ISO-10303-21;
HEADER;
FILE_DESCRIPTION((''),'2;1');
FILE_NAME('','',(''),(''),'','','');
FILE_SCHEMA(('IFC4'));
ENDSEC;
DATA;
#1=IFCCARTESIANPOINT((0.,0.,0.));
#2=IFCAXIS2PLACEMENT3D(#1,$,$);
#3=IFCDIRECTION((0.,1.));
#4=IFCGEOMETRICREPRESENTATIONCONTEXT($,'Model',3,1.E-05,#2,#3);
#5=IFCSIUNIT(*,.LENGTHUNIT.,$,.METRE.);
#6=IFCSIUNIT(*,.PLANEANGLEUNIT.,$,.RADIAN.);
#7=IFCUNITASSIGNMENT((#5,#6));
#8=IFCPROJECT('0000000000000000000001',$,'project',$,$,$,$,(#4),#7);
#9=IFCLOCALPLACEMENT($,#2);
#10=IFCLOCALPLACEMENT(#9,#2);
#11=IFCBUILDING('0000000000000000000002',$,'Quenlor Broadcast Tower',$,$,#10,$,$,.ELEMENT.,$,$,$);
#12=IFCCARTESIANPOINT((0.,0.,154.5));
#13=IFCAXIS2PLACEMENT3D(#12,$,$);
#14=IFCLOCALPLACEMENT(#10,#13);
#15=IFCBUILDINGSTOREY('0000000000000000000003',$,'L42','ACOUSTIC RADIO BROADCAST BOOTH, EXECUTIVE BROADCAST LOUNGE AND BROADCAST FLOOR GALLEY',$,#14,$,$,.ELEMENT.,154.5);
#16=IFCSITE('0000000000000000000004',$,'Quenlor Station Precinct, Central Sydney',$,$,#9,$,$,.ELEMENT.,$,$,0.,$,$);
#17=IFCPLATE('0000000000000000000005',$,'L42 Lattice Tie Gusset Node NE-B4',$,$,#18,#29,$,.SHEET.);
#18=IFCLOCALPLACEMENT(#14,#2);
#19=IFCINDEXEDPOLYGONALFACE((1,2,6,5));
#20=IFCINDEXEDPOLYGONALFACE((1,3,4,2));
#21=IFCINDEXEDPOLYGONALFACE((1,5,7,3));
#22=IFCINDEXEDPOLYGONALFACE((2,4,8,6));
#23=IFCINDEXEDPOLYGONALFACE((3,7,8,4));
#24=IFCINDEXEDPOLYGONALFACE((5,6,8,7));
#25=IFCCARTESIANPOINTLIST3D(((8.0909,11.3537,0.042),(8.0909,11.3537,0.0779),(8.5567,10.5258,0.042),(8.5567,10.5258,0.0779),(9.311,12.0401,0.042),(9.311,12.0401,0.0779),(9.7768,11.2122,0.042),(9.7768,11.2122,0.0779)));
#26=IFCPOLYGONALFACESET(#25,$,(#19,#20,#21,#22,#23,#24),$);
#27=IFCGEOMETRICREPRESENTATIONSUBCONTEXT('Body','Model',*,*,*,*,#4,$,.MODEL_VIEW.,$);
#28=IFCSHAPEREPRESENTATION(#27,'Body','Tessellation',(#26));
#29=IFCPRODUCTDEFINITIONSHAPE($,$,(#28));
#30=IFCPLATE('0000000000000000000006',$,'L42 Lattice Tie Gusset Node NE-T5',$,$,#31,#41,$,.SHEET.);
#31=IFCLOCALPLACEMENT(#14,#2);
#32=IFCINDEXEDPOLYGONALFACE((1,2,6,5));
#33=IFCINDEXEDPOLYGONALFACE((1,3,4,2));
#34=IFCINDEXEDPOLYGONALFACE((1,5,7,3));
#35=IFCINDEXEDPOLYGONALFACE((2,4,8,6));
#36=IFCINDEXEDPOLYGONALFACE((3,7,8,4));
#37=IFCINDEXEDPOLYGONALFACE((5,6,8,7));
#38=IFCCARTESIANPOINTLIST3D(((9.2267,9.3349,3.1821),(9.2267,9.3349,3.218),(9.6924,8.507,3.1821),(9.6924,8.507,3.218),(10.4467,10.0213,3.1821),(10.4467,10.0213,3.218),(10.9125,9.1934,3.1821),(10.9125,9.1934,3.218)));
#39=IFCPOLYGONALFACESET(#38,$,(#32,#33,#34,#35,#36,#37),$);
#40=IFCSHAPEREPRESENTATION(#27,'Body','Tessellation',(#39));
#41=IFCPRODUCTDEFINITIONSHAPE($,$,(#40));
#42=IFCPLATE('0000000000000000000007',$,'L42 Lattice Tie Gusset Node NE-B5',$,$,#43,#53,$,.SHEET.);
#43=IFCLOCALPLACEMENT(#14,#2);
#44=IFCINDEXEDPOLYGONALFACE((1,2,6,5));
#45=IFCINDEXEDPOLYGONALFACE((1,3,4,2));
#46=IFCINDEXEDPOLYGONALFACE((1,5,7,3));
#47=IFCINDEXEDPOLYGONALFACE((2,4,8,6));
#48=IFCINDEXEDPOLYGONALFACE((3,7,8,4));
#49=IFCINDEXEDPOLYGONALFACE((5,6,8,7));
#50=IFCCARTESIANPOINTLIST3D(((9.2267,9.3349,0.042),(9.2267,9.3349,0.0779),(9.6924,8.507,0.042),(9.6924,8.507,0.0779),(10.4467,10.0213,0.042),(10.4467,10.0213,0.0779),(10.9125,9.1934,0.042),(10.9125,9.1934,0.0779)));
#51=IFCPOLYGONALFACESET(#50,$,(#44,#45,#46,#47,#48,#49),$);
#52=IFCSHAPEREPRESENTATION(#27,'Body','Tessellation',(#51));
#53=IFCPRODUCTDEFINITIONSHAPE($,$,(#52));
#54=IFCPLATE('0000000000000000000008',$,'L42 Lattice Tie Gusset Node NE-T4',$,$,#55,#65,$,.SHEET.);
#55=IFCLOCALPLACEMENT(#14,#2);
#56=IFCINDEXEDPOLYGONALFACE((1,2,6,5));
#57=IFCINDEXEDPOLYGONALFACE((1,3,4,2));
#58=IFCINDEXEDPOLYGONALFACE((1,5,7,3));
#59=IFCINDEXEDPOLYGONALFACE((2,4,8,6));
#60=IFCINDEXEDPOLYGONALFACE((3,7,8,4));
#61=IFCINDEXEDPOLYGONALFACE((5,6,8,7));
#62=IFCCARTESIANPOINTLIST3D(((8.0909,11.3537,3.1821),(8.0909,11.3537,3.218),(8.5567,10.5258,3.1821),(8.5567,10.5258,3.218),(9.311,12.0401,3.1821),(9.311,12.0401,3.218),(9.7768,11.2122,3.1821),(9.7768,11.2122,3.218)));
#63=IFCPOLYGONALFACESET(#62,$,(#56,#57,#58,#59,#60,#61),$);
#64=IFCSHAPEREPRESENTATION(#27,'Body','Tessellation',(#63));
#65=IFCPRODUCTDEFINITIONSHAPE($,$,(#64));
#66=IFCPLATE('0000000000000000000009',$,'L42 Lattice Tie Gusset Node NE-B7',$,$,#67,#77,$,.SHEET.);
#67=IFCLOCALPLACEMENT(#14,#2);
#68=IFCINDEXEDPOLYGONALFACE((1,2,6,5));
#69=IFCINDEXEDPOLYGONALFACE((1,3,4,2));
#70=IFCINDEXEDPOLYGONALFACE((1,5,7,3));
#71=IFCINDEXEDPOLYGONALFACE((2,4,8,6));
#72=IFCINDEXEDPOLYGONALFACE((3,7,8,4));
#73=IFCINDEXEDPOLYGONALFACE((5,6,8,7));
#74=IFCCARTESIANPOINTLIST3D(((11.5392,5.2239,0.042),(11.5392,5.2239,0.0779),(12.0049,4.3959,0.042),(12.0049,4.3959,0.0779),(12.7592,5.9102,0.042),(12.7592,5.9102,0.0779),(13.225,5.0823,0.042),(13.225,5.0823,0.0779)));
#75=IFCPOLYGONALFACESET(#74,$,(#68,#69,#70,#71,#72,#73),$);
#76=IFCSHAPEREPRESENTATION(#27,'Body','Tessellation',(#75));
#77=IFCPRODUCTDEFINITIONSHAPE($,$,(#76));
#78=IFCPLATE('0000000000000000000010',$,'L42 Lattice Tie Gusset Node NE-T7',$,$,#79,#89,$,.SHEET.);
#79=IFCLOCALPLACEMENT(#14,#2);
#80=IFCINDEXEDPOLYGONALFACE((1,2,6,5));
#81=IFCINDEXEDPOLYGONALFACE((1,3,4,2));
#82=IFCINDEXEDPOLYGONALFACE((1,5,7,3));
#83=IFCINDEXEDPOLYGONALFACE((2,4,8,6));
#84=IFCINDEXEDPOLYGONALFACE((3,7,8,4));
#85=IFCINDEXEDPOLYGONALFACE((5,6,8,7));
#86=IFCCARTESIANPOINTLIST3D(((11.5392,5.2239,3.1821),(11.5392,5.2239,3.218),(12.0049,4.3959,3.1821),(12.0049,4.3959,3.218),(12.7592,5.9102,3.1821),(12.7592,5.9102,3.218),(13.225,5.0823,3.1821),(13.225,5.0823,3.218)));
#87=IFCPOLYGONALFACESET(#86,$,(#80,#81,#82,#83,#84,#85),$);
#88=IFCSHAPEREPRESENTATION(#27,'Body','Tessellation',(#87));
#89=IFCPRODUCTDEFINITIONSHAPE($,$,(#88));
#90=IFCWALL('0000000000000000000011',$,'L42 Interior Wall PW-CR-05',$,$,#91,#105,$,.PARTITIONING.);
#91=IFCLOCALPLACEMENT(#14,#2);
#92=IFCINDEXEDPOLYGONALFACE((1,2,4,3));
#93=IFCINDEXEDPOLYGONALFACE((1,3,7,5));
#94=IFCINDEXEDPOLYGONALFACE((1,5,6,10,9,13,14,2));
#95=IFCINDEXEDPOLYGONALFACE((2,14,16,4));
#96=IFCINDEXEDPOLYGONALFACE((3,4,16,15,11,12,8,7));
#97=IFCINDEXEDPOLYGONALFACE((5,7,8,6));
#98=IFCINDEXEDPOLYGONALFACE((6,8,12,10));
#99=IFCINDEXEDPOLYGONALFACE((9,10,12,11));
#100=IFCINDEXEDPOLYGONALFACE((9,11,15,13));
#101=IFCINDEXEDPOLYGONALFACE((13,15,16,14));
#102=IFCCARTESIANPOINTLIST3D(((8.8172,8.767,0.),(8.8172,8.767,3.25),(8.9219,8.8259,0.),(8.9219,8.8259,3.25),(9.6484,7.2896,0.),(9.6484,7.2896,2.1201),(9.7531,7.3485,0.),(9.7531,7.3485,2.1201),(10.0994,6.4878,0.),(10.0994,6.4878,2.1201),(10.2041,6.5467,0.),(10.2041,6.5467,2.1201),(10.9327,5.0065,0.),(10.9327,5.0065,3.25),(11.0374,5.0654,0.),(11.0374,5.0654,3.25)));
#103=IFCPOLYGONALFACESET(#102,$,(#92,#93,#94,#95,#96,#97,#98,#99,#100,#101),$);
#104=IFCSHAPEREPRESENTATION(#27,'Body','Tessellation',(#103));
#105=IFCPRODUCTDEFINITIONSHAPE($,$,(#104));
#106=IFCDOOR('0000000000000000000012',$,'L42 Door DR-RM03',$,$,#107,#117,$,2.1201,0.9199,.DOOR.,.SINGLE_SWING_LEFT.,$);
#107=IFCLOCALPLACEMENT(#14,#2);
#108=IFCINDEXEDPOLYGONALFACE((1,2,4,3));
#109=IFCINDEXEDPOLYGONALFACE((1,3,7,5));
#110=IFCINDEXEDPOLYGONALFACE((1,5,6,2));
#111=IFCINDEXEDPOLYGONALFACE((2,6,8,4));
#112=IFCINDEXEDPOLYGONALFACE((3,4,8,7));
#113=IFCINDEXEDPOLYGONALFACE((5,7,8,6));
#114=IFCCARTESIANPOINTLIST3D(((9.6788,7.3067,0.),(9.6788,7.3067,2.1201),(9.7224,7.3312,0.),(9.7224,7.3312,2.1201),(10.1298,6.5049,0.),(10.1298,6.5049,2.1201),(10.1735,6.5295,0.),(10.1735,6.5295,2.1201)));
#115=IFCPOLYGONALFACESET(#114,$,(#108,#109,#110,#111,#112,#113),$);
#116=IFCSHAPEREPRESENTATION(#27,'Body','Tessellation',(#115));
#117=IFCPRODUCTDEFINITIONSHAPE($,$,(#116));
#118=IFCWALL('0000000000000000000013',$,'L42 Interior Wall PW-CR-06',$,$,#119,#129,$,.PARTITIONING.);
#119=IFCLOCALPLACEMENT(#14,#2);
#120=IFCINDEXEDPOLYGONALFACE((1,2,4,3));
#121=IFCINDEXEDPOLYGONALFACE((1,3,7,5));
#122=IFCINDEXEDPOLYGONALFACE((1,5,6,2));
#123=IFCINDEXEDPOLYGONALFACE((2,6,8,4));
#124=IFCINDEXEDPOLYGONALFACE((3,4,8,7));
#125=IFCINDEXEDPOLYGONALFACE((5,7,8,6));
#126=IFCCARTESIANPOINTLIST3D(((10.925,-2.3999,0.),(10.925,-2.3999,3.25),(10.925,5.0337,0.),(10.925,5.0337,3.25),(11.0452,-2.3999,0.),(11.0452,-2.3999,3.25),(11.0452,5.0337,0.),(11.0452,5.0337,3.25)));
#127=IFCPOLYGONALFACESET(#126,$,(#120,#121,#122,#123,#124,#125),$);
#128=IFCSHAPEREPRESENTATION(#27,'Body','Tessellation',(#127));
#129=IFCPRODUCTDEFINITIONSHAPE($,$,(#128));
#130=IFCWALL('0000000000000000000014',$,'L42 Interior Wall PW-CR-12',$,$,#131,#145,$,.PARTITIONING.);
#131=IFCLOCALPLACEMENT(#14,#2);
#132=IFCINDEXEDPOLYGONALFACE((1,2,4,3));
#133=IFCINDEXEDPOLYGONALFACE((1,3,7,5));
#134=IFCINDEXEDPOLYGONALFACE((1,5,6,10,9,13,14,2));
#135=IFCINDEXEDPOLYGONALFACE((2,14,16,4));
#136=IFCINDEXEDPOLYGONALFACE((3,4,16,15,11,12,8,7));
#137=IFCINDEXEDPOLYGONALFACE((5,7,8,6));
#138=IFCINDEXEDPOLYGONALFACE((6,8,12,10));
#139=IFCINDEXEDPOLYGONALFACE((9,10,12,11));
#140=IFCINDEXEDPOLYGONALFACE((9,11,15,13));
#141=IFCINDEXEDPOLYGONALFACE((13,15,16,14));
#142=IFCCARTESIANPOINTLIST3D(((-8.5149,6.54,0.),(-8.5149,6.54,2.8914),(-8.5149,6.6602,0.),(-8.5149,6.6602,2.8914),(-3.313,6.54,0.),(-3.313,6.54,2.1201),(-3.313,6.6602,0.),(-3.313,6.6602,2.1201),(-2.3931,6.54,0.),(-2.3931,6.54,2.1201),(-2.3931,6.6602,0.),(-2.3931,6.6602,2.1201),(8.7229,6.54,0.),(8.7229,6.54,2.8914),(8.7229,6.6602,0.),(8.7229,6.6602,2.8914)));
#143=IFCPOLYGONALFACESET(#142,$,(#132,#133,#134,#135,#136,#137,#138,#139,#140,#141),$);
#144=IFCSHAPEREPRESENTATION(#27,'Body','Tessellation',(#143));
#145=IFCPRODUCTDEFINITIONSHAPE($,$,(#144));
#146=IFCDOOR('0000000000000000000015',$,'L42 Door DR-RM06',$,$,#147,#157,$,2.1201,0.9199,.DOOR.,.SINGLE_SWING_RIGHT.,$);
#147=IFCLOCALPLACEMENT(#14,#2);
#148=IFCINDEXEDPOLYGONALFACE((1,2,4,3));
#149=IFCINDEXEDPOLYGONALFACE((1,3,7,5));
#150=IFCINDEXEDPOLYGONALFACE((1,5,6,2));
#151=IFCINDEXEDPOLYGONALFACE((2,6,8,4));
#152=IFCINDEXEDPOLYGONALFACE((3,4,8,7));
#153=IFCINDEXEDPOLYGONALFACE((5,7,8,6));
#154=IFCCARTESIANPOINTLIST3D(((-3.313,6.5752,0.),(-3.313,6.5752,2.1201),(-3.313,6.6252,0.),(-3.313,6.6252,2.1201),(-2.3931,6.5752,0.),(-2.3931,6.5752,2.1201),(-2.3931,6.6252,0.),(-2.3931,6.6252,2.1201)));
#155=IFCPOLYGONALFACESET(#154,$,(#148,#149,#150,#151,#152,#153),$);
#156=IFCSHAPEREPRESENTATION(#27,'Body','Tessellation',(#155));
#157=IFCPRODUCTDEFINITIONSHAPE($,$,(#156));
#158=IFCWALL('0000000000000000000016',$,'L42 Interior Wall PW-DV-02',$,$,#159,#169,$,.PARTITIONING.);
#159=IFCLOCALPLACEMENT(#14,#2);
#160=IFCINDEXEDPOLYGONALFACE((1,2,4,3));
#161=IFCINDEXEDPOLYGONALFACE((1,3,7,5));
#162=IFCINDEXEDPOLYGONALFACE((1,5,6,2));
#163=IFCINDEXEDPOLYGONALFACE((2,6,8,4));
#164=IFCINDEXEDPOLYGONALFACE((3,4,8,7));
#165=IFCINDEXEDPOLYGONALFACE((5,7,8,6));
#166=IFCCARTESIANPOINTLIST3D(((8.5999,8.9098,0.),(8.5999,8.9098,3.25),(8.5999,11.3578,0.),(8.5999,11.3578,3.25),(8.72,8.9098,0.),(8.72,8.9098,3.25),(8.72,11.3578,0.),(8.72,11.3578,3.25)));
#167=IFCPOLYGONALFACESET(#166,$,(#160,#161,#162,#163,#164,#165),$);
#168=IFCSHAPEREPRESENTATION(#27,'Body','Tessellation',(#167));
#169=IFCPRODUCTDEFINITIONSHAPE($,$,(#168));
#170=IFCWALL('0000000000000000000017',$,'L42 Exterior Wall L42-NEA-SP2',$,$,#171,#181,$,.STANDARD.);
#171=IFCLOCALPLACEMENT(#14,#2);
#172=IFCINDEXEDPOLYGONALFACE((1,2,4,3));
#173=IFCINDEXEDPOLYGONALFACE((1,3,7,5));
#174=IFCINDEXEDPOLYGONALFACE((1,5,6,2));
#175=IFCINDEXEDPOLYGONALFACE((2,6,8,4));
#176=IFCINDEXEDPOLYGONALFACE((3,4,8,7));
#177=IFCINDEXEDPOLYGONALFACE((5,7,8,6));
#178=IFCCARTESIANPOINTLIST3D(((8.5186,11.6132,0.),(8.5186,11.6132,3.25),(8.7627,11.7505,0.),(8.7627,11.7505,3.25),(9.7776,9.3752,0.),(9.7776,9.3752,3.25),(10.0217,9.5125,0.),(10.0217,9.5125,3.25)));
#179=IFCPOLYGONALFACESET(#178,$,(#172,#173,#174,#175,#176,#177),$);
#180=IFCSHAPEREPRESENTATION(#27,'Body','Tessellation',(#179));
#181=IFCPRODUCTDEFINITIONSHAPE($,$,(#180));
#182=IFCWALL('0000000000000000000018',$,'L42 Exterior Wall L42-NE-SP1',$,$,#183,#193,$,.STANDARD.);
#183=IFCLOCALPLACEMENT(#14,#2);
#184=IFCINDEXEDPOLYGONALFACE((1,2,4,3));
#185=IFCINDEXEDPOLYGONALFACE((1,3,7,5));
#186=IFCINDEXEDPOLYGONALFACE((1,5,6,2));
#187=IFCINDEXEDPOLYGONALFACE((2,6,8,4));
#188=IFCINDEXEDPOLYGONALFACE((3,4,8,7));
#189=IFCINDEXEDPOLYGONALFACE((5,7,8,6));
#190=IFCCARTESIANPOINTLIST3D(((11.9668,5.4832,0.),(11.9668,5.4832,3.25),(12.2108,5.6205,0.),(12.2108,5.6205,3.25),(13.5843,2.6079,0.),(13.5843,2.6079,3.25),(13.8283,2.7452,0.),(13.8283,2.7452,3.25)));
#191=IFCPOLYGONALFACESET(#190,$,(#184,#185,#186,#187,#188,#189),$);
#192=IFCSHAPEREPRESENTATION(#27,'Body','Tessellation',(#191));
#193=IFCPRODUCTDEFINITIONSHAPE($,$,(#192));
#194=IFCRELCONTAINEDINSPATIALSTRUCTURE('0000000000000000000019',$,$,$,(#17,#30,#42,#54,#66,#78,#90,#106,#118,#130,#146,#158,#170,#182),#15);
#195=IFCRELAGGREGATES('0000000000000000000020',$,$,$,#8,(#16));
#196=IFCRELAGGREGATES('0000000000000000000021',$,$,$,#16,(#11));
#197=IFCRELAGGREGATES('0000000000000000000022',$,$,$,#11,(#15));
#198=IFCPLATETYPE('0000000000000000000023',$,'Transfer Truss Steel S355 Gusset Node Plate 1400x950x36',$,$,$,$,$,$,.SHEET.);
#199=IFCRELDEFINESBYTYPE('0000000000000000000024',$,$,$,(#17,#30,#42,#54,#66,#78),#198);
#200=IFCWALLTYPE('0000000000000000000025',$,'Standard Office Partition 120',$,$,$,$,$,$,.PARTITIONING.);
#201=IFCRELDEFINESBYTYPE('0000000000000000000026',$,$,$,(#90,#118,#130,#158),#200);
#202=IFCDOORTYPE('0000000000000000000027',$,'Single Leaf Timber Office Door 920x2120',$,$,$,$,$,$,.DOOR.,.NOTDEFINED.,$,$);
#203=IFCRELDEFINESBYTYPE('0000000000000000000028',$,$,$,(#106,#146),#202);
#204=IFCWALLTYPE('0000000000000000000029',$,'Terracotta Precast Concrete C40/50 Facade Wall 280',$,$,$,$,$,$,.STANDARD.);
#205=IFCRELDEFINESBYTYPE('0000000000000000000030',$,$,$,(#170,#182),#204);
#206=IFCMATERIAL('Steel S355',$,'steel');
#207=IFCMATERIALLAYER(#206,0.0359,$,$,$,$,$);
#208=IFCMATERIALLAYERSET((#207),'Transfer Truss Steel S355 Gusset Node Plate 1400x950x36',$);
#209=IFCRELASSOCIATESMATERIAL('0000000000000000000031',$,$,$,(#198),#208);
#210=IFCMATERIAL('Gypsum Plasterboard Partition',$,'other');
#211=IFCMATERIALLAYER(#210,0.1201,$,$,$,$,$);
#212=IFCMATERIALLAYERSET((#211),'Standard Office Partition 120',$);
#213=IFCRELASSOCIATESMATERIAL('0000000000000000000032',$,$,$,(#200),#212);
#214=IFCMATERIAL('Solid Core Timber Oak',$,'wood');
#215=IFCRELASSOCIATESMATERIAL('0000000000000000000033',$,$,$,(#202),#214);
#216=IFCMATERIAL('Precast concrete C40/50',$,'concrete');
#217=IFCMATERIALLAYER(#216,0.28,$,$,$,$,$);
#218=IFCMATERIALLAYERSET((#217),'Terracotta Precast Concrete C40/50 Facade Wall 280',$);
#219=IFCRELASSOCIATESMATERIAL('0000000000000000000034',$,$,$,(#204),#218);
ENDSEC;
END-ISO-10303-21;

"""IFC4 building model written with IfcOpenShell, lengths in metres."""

from ifc_helpers import new_model, si_unit, direction, frame, frame_2d, origin, origin_2d, place, context, subcontext, project, spatial, rectangle, extrude, material, layer, layer_set, type_object, element, fill, save


model = new_model("IFC4")

# Units and contexts
model_context = context("Model", 3, precision=1e-05, world=origin(), true_north=direction((0.0, 1.0)))
body_context = subcontext(model_context, "Body", "Model", "MODEL_VIEW")
ifc_project = project(units=[si_unit("LENGTHUNIT", "METRE"), si_unit("PLANEANGLEUNIT", "RADIAN")], contexts=[model_context])

# Site, building, storey
site_placement = place(None, origin())
site = spatial("IfcSite", under=ifc_project, at=site_placement, Name="Quenlor Station Precinct, Central Sydney", CompositionType="ELEMENT", RefElevation=0.0)
building_placement = place(site_placement, origin())
building = spatial("IfcBuilding", under=site, at=building_placement, Name="Quenlor Broadcast Tower", CompositionType="ELEMENT")
storey_placement = place(building_placement, frame((0.0, 0.0, 154.5)))
storey = spatial("IfcBuildingStorey", under=building, at=storey_placement, Name="L42", Description="ACOUSTIC RADIO BROADCAST BOOTH, EXECUTIVE BROADCAST LOUNGE AND BROADCAST FLOOR GALLEY", CompositionType="ELEMENT", Elevation=154.5)

# Plates
ifc_material_1 = material(Name="Steel S355", Category="steel")
ifc_layer_1 = layer(ifc_material_1, 0.0359)
ifc_layer_set_1 = layer_set([ifc_layer_1], Name="Transfer Truss Steel S355 Gusset Node Plate 1400x950x36")
plate_type_1 = type_object("IfcPlateType", Name="Transfer Truss Steel S355 Gusset Node Plate 1400x950x36", PredefinedType="SHEET", material=ifc_layer_set_1)
for number, where, z_axis, x_axis, name in (
    (1, (8.9338, 11.283, 0.042), (0.0, 0.0, 1.0), (0.871556, 0.490295, 0.0), "L42 Lattice Tie Gusset Node NE-B4"),
    (2, (10.0696, 9.2642, 3.1821), (0.0, 0.0, 1.0), (0.871556, 0.490295, 0.0), "L42 Lattice Tie Gusset Node NE-T5"),
    (3, (10.0696, 9.2642, 0.042), (0.0, 0.0, 1.0), (0.871556, 0.490295, 0.0), "L42 Lattice Tie Gusset Node NE-B5"),
    (4, (8.9338, 11.283, 3.1821), (0.0, 0.0, 1.0), (0.871556, 0.490295, 0.0), "L42 Lattice Tie Gusset Node NE-T4"),
    (5, (12.3821, 5.1531, 0.042), (0.0, 0.0, 1.0), (0.871556, 0.490295, 0.0), "L42 Lattice Tie Gusset Node NE-B7"),
    (6, (12.3821, 5.1531, 3.1821), (0.0, 0.0, 1.0), (0.871556, 0.490295, 0.0), "L42 Lattice Tie Gusset Node NE-T7"),
):
    element("IfcPlate", number, at=place(storey_placement, frame(where, z_axis=z_axis, x_axis=x_axis)), inside=storey, type_object=plate_type_1, Name=name, PredefinedType="SHEET", context=body_context, shape_type="SweptSolid", body=[
        extrude(rectangle(XDim=1.3999, YDim=0.95, at=origin_2d()), origin(), (0.0, 0.0, 1.0), 0.0359),
    ])

# Wall, opening, door
ifc_material_2 = material(Name="Gypsum Plasterboard Partition", Category="other")
ifc_layer_2 = layer(ifc_material_2, 0.1201)
ifc_layer_set_2 = layer_set([ifc_layer_2], Name="Standard Office Partition 120")
wall_type_1 = type_object("IfcWallType", Name="Standard Office Partition 120", PredefinedType="PARTITIONING", material=ifc_layer_set_2)
wall_1_placement = place(storey_placement, frame((8.8696, 8.7964, 0.0), z_axis=(0.0, 0.0, 1.0), x_axis=(0.490296, -0.871556, 0.0)))
wall_1 = element("IfcWall", 7, at=wall_1_placement, inside=storey, type_object=wall_type_1, Name="L42 Interior Wall PW-CR-05", PredefinedType="PARTITIONING", context=body_context, shape_type="SweptSolid", body=[
    extrude(rectangle(XDim=4.3147, YDim=0.1201, at=frame_2d((2.1572, 0.0))), origin(), (0.0, 0.0, 1.0), 3.25),
])
opening_1_placement = place(wall_1_placement, frame((1.6951, 0.0, 0.0)))
opening_1 = element("IfcOpeningElement", 8, at=opening_1_placement, cuts=wall_1, PredefinedType="OPENING", context=body_context, shape_type="SweptSolid", body=[
    extrude(rectangle(XDim=0.9199, YDim=2.1201, at=frame_2d((0.46, 1.0601))), frame((0.0, 0.0701, 0.0), z_axis=(0.0, -1.0, 0.0), x_axis=(1.0, 0.0, 0.0)), (0.0, 0.0, 1.0), 0.1401),
])
ifc_material_3 = material(Name="Solid Core Timber Oak", Category="wood")
door_type = type_object("IfcDoorType", Name="Single Leaf Timber Office Door 920x2120", OperationType="NOTDEFINED", PredefinedType="DOOR", material=ifc_material_3)
door_1_placement = place(opening_1_placement, origin())
door_1 = element("IfcDoor", 9, at=door_1_placement, inside=storey, type_object=door_type, Name="L42 Door DR-RM03", OperationType="SINGLE_SWING_LEFT", OverallHeight=2.1201, OverallWidth=0.9199, PredefinedType="DOOR", context=body_context, shape_type="SweptSolid", body=[
    extrude(rectangle(XDim=0.9199, YDim=2.1201, at=frame_2d((0.46, 1.0601))), frame((0.0, 0.0249, 0.0), z_axis=(0.0, -1.0, 0.0), x_axis=(1.0, 0.0, 0.0)), (0.0, 0.0, 1.0), 0.05),
])
fill(opening_1, door_1)

# Wall
wall_2_placement = place(storey_placement, frame((10.9851, 5.0337, 0.0), z_axis=(0.0, 0.0, 1.0), x_axis=(0.0, -1.0, 0.0)))
element("IfcWall", 10, at=wall_2_placement, inside=storey, type_object=wall_type_1, Name="L42 Interior Wall PW-CR-06", PredefinedType="PARTITIONING", context=body_context, shape_type="SweptSolid", body=[
    extrude(rectangle(XDim=7.4336, YDim=0.1201, at=frame_2d((3.7168, 0.0))), origin(), (0.0, 0.0, 1.0), 3.25),
])

# Wall, opening, door
wall_3_placement = place(storey_placement, frame((8.7229, 6.6001, 0.0), z_axis=(0.0, 0.0, 1.0), x_axis=(-1.0, 0.0, 0.0)))
wall_3 = element("IfcWall", 11, at=wall_3_placement, inside=storey, type_object=wall_type_1, Name="L42 Interior Wall PW-CR-12", PredefinedType="PARTITIONING", context=body_context, shape_type="SweptSolid", body=[
    extrude(rectangle(XDim=17.2378, YDim=0.1201, at=frame_2d((8.6189, 0.0))), origin(), (0.0, 0.0, 1.0), 2.8914),
])
opening_2_placement = place(wall_3_placement, frame((11.116, 0.0, 0.0)))
opening_2 = element("IfcOpeningElement", 12, at=opening_2_placement, cuts=wall_3, PredefinedType="OPENING", context=body_context, shape_type="SweptSolid", body=[
    extrude(rectangle(XDim=0.9199, YDim=2.1201, at=frame_2d((0.46, 1.0601))), frame((0.0, 0.0701, 0.0), z_axis=(0.0, -1.0, 0.0), x_axis=(1.0, 0.0, 0.0)), (0.0, 0.0, 1.0), 0.1401),
])
door_2_placement = place(opening_2_placement, origin())
door_2 = element("IfcDoor", 13, at=door_2_placement, inside=storey, type_object=door_type, Name="L42 Door DR-RM06", OperationType="SINGLE_SWING_RIGHT", OverallHeight=2.1201, OverallWidth=0.9199, PredefinedType="DOOR", context=body_context, shape_type="SweptSolid", body=[
    extrude(rectangle(XDim=0.9199, YDim=2.1201, at=frame_2d((0.46, 1.0601))), frame((0.0, 0.0249, 0.0), z_axis=(0.0, -1.0, 0.0), x_axis=(1.0, 0.0, 0.0)), (0.0, 0.0, 1.0), 0.05),
])
fill(opening_2, door_2)

# Walls
wall_4_placement = place(storey_placement, frame((8.6599, 11.3579, 0.0), z_axis=(0.0, 0.0, 1.0), x_axis=(0.0, -1.0, 0.0)))
element("IfcWall", 14, at=wall_4_placement, inside=storey, type_object=wall_type_1, Name="L42 Interior Wall PW-DV-02", PredefinedType="PARTITIONING", context=body_context, shape_type="SweptSolid", body=[
    extrude(rectangle(XDim=2.448, YDim=0.1201, at=frame_2d((1.2241, 0.0))), origin(), (0.0, 0.0, 1.0), 3.25),
])
ifc_material_4 = material(Name="Precast concrete C40/50", Category="concrete")
ifc_layer_3 = layer(ifc_material_4, 0.28)
ifc_layer_set_3 = layer_set([ifc_layer_3], Name="Terracotta Precast Concrete C40/50 Facade Wall 280")
wall_type_2 = type_object("IfcWallType", Name="Terracotta Precast Concrete C40/50 Facade Wall 280", PredefinedType="STANDARD", material=ifc_layer_set_3)
wall_5_placement = place(storey_placement, frame((8.6406, 11.6819, 0.0), z_axis=(0.0, 0.0, 1.0), x_axis=(0.490302, -0.871553, 0.0)))
element("IfcWall", 15, at=wall_5_placement, inside=storey, type_object=wall_type_2, Name="L42 Exterior Wall L42-NEA-SP2", PredefinedType="STANDARD", context=body_context, shape_type="SweptSolid", body=[
    extrude(rectangle(XDim=2.5679, YDim=0.28, at=frame_2d((1.2839, 0.0))), origin(), (0.0, 0.0, 1.0), 3.25),
])
wall_6_placement = place(storey_placement, frame((12.0889, 5.5518, 0.0), z_axis=(0.0, 0.0, 1.0), x_axis=(0.490286, -0.871562, 0.0)))
element("IfcWall", 16, at=wall_6_placement, inside=storey, type_object=wall_type_2, Name="L42 Exterior Wall L42-NE-SP1", PredefinedType="STANDARD", context=body_context, shape_type="SweptSolid", body=[
    extrude(rectangle(XDim=3.2991, YDim=0.28, at=frame_2d((1.6494, 0.0))), origin(), (0.0, 0.0, 1.0), 3.25),
])

save(model, "model.ifc")
